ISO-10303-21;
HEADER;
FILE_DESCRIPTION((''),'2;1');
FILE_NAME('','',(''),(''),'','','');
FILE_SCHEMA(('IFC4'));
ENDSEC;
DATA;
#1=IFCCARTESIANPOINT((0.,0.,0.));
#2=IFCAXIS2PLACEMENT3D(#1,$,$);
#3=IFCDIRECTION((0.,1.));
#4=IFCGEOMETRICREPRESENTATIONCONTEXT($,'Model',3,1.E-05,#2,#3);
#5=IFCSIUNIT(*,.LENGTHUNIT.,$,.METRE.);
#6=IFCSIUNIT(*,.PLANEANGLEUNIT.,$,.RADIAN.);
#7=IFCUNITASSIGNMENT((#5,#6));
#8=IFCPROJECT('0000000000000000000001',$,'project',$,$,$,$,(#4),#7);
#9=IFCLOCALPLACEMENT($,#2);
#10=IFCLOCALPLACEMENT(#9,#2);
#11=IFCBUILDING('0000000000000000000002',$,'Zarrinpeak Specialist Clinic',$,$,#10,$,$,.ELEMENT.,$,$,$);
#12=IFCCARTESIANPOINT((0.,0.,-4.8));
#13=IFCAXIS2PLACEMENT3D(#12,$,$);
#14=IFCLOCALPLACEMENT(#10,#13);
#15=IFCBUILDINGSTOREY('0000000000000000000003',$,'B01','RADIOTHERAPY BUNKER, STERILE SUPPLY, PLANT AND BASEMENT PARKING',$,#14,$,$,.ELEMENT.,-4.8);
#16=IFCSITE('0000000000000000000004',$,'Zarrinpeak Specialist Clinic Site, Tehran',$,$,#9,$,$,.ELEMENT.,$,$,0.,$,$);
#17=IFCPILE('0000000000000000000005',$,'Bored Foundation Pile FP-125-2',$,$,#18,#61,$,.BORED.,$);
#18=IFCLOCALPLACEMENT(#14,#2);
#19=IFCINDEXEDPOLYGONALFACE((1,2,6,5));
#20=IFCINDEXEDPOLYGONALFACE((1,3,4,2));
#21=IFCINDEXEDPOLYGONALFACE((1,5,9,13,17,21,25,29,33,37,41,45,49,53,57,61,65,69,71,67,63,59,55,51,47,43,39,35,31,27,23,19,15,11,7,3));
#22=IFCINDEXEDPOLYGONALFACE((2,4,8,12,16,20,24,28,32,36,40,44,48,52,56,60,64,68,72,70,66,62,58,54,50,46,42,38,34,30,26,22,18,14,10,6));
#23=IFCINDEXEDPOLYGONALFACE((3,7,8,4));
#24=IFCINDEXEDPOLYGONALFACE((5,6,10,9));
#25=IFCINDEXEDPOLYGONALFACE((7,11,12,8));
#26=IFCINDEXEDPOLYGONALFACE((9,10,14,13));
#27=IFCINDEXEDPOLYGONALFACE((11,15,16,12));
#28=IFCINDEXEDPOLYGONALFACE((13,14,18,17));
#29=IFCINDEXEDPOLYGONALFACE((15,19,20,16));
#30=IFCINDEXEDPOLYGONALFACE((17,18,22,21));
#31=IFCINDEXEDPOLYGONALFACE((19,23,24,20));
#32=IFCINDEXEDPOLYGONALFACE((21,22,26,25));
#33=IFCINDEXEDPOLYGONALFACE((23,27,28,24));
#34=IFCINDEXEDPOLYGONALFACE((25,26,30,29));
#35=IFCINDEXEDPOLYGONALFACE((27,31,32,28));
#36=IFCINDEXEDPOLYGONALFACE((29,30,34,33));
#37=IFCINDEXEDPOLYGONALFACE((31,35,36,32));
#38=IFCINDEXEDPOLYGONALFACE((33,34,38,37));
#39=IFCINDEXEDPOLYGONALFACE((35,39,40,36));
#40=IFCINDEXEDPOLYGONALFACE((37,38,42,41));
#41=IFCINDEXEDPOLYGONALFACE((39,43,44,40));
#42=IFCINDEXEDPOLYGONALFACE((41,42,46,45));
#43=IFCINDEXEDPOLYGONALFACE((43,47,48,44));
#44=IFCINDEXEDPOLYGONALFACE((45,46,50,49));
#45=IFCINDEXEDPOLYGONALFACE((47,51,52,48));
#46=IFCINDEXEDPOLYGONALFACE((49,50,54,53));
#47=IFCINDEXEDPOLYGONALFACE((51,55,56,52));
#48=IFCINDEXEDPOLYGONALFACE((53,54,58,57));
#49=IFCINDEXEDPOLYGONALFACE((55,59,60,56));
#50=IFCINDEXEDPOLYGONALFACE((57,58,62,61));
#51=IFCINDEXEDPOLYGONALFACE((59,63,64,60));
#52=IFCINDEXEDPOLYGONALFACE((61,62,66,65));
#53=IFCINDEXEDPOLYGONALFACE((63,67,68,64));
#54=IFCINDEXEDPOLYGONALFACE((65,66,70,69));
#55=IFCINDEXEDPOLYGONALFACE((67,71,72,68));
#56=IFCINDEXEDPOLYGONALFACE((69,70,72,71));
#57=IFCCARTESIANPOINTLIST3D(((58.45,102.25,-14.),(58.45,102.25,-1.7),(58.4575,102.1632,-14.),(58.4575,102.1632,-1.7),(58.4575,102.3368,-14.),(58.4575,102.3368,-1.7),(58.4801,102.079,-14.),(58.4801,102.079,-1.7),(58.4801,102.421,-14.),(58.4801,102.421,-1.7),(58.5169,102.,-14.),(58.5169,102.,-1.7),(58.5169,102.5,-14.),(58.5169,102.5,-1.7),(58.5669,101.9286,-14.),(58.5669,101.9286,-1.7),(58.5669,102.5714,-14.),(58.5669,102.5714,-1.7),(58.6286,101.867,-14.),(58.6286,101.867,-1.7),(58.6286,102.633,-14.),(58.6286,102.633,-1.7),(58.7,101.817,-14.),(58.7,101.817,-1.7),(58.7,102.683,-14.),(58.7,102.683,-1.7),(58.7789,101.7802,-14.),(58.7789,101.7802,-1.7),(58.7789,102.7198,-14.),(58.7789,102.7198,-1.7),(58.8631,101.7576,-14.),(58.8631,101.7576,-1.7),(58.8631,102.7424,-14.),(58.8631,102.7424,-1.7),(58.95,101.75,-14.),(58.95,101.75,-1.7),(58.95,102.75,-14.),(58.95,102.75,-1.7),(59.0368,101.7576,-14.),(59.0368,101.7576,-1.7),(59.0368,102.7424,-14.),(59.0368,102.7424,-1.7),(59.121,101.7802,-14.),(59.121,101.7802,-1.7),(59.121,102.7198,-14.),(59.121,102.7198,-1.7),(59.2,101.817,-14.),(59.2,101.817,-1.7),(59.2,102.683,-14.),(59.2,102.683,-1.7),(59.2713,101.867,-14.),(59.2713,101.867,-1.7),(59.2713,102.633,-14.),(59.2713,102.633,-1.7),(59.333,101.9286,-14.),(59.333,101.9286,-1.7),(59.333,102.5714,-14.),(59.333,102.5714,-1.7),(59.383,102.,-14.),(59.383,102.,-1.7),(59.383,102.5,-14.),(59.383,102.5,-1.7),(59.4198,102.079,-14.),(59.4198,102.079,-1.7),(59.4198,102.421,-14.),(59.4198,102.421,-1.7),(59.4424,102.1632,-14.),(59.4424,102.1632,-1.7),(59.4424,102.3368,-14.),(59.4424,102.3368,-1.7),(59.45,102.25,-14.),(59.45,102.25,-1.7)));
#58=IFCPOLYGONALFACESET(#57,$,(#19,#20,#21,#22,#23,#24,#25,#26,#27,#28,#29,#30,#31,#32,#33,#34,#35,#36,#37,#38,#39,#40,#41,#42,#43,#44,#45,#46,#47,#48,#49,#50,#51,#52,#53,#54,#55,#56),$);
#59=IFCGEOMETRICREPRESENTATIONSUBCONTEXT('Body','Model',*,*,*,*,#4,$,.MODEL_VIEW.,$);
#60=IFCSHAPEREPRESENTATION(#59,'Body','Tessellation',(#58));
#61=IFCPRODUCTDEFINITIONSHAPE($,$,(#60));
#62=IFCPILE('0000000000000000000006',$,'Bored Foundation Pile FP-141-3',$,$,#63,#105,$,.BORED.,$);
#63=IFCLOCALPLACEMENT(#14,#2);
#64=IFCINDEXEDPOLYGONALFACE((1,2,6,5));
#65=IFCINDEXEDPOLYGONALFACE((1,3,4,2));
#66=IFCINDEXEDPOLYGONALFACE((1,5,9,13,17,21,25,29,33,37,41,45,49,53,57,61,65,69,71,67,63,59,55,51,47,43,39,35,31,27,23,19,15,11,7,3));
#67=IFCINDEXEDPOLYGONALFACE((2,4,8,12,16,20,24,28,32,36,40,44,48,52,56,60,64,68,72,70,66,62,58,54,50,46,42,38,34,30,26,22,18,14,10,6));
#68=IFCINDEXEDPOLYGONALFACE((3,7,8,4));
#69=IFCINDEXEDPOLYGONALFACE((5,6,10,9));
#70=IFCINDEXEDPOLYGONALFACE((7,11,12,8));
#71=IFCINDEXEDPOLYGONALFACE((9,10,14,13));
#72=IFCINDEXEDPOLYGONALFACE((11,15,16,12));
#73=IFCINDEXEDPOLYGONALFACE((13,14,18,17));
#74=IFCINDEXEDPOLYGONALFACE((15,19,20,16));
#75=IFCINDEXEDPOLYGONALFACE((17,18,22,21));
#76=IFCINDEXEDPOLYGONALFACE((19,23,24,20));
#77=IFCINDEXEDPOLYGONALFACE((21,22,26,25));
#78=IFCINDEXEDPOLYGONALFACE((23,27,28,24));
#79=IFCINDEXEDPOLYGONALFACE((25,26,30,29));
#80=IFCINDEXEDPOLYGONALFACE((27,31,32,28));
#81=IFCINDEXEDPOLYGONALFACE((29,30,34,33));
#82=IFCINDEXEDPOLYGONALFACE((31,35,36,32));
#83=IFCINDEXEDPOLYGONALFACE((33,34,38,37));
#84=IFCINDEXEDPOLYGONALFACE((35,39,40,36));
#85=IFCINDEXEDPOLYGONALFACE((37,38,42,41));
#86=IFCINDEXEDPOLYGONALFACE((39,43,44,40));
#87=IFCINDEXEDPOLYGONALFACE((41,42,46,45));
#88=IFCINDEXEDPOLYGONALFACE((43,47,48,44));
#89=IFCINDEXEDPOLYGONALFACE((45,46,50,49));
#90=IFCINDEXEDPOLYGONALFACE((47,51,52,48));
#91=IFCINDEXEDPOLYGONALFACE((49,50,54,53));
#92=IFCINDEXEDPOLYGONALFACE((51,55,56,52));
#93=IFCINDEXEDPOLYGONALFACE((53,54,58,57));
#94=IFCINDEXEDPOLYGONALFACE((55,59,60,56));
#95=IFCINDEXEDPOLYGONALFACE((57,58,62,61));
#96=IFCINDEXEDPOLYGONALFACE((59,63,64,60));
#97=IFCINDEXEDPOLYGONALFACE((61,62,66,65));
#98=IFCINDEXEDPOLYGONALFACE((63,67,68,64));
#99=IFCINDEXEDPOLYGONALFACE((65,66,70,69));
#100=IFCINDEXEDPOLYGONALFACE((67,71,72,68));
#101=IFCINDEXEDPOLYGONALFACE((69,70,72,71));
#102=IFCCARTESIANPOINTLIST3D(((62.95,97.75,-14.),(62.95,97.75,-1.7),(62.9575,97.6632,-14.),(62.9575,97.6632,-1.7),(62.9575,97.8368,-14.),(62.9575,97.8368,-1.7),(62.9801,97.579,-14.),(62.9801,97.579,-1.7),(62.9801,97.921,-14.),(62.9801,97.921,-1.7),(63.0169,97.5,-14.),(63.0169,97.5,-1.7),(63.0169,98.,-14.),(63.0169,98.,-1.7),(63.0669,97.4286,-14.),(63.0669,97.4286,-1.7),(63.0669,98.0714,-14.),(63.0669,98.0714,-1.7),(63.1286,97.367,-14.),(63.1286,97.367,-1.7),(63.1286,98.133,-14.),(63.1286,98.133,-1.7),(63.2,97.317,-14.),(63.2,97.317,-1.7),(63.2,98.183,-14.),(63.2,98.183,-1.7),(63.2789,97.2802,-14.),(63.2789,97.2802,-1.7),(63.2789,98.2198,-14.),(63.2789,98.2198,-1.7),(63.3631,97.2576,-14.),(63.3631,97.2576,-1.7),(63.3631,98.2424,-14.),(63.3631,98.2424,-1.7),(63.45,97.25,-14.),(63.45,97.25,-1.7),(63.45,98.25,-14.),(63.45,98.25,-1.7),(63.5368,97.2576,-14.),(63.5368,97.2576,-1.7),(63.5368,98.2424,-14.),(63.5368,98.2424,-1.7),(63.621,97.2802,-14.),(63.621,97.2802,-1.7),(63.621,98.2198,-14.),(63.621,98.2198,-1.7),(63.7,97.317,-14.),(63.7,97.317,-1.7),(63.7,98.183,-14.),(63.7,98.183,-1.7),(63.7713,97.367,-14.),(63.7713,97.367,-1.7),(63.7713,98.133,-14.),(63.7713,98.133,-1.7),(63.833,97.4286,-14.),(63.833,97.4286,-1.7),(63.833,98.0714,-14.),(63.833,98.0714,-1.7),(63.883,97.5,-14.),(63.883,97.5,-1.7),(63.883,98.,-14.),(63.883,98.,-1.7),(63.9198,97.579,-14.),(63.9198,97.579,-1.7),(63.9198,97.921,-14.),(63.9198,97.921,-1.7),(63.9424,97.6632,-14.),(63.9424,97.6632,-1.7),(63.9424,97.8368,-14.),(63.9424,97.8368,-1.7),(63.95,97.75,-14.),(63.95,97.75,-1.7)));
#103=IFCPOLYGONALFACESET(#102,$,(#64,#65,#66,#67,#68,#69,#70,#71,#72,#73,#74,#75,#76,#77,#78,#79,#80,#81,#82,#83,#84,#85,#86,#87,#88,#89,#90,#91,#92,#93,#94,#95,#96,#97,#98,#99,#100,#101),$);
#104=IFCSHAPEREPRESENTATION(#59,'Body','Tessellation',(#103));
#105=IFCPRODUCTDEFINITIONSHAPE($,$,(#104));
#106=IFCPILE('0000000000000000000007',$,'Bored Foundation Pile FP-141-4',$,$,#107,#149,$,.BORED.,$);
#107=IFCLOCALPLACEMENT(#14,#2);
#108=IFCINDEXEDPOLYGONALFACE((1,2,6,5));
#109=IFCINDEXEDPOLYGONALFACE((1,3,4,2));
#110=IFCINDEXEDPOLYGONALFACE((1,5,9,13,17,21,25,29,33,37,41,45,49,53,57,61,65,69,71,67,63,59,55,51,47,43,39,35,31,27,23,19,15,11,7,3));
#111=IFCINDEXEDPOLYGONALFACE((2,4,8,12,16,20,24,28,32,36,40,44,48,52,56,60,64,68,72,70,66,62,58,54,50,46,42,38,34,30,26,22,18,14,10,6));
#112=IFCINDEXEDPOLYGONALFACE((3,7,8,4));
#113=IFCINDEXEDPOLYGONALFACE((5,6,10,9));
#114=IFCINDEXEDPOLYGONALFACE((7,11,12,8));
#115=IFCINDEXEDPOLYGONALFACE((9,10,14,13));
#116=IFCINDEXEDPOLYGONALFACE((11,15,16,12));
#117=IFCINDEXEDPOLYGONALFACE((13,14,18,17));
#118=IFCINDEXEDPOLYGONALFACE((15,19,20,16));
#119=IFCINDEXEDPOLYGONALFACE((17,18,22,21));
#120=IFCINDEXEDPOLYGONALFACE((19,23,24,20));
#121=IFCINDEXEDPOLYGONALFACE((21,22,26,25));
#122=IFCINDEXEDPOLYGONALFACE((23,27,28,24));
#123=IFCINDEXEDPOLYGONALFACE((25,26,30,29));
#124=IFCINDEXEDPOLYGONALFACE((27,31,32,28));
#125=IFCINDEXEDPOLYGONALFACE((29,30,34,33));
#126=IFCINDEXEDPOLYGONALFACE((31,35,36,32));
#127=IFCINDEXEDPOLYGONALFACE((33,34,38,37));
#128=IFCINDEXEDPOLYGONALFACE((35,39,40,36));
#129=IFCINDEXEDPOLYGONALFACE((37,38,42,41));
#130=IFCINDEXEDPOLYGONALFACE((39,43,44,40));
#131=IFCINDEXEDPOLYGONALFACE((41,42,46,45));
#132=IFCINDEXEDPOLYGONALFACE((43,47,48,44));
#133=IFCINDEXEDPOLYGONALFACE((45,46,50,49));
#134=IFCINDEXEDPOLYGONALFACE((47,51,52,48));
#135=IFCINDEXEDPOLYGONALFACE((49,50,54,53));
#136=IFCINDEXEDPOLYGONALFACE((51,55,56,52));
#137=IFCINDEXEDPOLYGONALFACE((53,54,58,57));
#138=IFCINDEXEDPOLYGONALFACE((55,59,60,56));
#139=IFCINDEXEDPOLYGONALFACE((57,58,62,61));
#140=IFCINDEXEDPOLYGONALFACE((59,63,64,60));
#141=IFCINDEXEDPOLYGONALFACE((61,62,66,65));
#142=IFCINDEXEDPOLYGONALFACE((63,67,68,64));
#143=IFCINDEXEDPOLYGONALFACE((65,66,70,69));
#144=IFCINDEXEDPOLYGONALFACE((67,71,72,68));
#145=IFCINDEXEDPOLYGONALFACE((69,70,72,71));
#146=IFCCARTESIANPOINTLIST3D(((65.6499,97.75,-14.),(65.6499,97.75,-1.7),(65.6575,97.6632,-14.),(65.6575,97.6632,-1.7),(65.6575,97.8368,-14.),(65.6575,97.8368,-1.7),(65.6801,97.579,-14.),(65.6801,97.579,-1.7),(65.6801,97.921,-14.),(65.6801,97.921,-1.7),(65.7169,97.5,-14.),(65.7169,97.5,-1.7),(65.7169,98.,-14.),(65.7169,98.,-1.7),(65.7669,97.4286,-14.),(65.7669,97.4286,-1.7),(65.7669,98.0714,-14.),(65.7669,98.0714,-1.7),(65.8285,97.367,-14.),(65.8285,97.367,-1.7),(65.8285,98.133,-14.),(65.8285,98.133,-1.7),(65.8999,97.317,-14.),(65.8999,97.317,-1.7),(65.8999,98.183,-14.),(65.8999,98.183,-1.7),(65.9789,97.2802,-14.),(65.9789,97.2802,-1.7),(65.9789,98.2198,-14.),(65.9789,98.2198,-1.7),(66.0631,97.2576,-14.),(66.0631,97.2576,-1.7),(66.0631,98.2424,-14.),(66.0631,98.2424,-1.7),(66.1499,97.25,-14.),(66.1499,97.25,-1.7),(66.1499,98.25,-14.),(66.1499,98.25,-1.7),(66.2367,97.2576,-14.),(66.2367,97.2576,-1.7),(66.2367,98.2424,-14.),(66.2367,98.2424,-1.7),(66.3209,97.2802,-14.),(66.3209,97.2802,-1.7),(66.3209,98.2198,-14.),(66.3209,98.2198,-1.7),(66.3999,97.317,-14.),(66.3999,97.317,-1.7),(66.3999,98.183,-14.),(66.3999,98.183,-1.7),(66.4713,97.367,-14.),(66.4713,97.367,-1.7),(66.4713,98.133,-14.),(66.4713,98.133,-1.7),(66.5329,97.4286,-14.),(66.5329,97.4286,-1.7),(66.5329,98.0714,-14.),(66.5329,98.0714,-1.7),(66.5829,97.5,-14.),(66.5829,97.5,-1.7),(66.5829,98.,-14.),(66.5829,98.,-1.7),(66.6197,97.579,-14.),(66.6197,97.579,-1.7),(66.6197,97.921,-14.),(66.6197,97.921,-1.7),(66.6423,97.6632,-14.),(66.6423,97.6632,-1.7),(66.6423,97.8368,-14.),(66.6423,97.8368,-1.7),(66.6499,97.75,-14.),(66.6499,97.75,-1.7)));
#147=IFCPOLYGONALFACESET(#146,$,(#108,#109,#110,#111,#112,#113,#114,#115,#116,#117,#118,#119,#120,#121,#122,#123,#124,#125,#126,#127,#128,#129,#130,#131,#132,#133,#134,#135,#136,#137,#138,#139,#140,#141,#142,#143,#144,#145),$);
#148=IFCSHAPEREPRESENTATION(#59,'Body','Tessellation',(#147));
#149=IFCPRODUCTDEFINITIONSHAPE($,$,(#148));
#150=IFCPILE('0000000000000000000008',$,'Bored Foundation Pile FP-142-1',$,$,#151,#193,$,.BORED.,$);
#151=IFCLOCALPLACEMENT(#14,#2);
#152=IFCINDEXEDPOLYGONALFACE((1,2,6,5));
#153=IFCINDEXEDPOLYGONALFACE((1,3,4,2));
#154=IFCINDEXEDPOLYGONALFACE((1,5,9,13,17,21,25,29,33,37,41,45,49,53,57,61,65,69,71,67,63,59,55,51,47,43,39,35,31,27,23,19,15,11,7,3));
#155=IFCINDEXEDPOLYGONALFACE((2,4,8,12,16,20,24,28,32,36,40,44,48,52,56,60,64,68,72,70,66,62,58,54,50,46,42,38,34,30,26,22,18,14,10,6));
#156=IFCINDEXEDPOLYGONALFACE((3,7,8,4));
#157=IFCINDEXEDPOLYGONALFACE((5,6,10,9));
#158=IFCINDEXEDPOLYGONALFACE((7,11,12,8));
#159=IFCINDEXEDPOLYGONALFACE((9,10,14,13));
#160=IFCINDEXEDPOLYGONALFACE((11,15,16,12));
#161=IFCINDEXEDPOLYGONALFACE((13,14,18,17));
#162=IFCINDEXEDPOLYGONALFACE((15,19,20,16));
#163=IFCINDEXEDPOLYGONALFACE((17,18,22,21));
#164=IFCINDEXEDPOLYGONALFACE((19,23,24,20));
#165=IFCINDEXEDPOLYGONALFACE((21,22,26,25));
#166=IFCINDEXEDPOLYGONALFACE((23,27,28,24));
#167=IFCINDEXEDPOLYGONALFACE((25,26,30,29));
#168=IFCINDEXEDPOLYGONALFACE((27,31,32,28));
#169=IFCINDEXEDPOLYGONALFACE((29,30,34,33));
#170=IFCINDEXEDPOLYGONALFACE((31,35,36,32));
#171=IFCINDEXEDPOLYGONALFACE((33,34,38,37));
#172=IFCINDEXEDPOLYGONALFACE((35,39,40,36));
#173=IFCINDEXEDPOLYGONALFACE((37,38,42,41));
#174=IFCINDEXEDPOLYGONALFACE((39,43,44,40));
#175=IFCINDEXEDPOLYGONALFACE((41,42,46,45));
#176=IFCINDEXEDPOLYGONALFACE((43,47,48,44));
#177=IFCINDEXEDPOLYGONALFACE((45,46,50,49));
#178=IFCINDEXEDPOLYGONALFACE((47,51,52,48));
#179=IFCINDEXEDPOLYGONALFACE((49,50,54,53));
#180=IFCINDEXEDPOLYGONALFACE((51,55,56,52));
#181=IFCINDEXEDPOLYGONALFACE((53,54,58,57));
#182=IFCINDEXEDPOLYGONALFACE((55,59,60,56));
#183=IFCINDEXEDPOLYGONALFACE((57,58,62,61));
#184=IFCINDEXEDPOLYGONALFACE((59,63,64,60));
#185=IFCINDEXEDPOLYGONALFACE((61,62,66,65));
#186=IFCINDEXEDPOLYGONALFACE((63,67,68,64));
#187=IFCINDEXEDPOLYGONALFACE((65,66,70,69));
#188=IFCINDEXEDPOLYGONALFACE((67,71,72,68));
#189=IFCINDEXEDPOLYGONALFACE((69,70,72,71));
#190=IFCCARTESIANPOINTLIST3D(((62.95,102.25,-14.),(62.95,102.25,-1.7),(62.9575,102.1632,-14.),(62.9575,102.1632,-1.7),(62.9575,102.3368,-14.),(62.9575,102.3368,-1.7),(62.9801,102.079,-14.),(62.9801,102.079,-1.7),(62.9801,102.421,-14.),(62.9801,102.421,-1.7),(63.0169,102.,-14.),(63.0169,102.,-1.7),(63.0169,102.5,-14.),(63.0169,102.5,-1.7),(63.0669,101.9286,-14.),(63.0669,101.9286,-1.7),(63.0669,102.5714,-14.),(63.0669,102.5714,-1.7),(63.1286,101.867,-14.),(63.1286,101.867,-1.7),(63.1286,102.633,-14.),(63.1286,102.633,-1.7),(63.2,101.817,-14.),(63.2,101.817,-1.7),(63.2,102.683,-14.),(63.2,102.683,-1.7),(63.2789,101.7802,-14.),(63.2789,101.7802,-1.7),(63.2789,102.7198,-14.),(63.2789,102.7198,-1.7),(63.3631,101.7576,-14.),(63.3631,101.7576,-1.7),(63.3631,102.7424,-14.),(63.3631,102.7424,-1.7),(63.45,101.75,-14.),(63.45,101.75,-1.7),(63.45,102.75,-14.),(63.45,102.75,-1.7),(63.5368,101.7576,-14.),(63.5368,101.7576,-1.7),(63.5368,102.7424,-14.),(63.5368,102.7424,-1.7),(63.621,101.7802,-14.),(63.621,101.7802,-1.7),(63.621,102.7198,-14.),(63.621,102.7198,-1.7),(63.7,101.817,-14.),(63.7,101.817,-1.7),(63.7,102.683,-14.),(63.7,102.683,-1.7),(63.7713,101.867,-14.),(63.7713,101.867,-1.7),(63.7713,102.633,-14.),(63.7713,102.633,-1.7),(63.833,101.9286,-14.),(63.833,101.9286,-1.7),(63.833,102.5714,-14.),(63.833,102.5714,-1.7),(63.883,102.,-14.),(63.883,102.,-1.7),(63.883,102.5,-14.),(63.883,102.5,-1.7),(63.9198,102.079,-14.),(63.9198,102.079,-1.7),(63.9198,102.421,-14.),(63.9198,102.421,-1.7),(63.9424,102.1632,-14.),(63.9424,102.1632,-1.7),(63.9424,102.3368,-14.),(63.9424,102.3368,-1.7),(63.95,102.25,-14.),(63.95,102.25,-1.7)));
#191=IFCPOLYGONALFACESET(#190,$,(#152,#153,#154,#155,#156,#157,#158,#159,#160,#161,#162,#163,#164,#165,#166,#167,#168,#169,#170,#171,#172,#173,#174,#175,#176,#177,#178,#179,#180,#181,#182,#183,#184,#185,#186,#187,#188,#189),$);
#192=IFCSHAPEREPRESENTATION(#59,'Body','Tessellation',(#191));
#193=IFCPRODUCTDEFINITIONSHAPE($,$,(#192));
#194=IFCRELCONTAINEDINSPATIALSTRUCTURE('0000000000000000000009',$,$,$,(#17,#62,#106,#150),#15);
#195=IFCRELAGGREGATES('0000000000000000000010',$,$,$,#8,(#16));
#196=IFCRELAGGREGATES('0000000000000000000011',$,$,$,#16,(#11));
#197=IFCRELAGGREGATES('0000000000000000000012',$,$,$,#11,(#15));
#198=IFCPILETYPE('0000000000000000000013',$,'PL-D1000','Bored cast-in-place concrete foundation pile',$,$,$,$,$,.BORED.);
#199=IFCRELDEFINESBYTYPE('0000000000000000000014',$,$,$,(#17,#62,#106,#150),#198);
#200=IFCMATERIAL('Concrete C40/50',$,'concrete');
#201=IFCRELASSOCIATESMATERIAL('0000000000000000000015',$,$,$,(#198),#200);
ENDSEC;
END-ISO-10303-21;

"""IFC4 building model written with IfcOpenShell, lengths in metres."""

from ifc_helpers import new_model, si_unit, direction, frame, origin, origin_2d, place, context, subcontext, project, spatial, circle, extrude, material, material_profile, profile_set, type_object, element, save


model = new_model("IFC4")

# Units and contexts
model_context = context("Model", 3, precision=1e-05, world=origin(), true_north=direction((0.0, 1.0)))
body_context = subcontext(model_context, "Body", "Model", "MODEL_VIEW")
ifc_project = project(units=[si_unit("LENGTHUNIT", "METRE"), si_unit("PLANEANGLEUNIT", "RADIAN")], contexts=[model_context])

# Site, building, storey
site_placement = place(None, origin())
site = spatial("IfcSite", under=ifc_project, at=site_placement, Name="Zarrinpeak Specialist Clinic Site, Tehran", CompositionType="ELEMENT", RefElevation=0.0)
building_placement = place(site_placement, origin())
building = spatial("IfcBuilding", under=site, at=building_placement, Name="Zarrinpeak Specialist Clinic", CompositionType="ELEMENT")
storey_placement = place(building_placement, frame((0.0, 0.0, -4.8)))
storey = spatial("IfcBuildingStorey", under=building, at=storey_placement, Name="B01", Description="RADIOTHERAPY BUNKER, STERILE SUPPLY, PLANT AND BASEMENT PARKING", CompositionType="ELEMENT", Elevation=-4.8)

# Shared definitions
ifc_material_1 = material(Name="Concrete C40/50", Category="concrete")

# Piles
ifc_material_profile_1 = material_profile(ifc_material_1, circle(Radius=0.5, at=origin_2d()), Name="BORED PILE D1000")
ifc_profile_set_1 = profile_set([ifc_material_profile_1], Name="Concrete C40/50")
pile_type = type_object("IfcPileType", Name="PL-D1000", Description="Bored cast-in-place concrete foundation pile", PredefinedType="BORED", material=ifc_profile_set_1)
for number, where, z_axis, x_axis, name in (
    (1, (58.95, 102.25, -1.7), (0.0, 0.0, -1.0), (1.0, 0.0, 0.0), "Bored Foundation Pile FP-125-2"),
    (2, (63.45, 97.75, -1.7), (0.0, 0.0, -1.0), (1.0, 0.0, 0.0), "Bored Foundation Pile FP-141-3"),
    (3, (66.1499, 97.75, -1.7), (0.0, 0.0, -1.0), (1.0, 0.0, 0.0), "Bored Foundation Pile FP-141-4"),
    (4, (63.45, 102.25, -1.7), (0.0, 0.0, -1.0), (1.0, 0.0, 0.0), "Bored Foundation Pile FP-142-1"),
):
    element("IfcPile", number, at=place(storey_placement, frame(where, z_axis=z_axis, x_axis=x_axis)), inside=storey, type_object=pile_type, Name=name, PredefinedType="BORED", context=body_context, shape_type="SweptSolid", body=[
        extrude(circle(Radius=0.5, at=origin_2d()), origin(), (0.0, 0.0, 1.0), 12.3),
    ])

save(model, "model.ifc")
